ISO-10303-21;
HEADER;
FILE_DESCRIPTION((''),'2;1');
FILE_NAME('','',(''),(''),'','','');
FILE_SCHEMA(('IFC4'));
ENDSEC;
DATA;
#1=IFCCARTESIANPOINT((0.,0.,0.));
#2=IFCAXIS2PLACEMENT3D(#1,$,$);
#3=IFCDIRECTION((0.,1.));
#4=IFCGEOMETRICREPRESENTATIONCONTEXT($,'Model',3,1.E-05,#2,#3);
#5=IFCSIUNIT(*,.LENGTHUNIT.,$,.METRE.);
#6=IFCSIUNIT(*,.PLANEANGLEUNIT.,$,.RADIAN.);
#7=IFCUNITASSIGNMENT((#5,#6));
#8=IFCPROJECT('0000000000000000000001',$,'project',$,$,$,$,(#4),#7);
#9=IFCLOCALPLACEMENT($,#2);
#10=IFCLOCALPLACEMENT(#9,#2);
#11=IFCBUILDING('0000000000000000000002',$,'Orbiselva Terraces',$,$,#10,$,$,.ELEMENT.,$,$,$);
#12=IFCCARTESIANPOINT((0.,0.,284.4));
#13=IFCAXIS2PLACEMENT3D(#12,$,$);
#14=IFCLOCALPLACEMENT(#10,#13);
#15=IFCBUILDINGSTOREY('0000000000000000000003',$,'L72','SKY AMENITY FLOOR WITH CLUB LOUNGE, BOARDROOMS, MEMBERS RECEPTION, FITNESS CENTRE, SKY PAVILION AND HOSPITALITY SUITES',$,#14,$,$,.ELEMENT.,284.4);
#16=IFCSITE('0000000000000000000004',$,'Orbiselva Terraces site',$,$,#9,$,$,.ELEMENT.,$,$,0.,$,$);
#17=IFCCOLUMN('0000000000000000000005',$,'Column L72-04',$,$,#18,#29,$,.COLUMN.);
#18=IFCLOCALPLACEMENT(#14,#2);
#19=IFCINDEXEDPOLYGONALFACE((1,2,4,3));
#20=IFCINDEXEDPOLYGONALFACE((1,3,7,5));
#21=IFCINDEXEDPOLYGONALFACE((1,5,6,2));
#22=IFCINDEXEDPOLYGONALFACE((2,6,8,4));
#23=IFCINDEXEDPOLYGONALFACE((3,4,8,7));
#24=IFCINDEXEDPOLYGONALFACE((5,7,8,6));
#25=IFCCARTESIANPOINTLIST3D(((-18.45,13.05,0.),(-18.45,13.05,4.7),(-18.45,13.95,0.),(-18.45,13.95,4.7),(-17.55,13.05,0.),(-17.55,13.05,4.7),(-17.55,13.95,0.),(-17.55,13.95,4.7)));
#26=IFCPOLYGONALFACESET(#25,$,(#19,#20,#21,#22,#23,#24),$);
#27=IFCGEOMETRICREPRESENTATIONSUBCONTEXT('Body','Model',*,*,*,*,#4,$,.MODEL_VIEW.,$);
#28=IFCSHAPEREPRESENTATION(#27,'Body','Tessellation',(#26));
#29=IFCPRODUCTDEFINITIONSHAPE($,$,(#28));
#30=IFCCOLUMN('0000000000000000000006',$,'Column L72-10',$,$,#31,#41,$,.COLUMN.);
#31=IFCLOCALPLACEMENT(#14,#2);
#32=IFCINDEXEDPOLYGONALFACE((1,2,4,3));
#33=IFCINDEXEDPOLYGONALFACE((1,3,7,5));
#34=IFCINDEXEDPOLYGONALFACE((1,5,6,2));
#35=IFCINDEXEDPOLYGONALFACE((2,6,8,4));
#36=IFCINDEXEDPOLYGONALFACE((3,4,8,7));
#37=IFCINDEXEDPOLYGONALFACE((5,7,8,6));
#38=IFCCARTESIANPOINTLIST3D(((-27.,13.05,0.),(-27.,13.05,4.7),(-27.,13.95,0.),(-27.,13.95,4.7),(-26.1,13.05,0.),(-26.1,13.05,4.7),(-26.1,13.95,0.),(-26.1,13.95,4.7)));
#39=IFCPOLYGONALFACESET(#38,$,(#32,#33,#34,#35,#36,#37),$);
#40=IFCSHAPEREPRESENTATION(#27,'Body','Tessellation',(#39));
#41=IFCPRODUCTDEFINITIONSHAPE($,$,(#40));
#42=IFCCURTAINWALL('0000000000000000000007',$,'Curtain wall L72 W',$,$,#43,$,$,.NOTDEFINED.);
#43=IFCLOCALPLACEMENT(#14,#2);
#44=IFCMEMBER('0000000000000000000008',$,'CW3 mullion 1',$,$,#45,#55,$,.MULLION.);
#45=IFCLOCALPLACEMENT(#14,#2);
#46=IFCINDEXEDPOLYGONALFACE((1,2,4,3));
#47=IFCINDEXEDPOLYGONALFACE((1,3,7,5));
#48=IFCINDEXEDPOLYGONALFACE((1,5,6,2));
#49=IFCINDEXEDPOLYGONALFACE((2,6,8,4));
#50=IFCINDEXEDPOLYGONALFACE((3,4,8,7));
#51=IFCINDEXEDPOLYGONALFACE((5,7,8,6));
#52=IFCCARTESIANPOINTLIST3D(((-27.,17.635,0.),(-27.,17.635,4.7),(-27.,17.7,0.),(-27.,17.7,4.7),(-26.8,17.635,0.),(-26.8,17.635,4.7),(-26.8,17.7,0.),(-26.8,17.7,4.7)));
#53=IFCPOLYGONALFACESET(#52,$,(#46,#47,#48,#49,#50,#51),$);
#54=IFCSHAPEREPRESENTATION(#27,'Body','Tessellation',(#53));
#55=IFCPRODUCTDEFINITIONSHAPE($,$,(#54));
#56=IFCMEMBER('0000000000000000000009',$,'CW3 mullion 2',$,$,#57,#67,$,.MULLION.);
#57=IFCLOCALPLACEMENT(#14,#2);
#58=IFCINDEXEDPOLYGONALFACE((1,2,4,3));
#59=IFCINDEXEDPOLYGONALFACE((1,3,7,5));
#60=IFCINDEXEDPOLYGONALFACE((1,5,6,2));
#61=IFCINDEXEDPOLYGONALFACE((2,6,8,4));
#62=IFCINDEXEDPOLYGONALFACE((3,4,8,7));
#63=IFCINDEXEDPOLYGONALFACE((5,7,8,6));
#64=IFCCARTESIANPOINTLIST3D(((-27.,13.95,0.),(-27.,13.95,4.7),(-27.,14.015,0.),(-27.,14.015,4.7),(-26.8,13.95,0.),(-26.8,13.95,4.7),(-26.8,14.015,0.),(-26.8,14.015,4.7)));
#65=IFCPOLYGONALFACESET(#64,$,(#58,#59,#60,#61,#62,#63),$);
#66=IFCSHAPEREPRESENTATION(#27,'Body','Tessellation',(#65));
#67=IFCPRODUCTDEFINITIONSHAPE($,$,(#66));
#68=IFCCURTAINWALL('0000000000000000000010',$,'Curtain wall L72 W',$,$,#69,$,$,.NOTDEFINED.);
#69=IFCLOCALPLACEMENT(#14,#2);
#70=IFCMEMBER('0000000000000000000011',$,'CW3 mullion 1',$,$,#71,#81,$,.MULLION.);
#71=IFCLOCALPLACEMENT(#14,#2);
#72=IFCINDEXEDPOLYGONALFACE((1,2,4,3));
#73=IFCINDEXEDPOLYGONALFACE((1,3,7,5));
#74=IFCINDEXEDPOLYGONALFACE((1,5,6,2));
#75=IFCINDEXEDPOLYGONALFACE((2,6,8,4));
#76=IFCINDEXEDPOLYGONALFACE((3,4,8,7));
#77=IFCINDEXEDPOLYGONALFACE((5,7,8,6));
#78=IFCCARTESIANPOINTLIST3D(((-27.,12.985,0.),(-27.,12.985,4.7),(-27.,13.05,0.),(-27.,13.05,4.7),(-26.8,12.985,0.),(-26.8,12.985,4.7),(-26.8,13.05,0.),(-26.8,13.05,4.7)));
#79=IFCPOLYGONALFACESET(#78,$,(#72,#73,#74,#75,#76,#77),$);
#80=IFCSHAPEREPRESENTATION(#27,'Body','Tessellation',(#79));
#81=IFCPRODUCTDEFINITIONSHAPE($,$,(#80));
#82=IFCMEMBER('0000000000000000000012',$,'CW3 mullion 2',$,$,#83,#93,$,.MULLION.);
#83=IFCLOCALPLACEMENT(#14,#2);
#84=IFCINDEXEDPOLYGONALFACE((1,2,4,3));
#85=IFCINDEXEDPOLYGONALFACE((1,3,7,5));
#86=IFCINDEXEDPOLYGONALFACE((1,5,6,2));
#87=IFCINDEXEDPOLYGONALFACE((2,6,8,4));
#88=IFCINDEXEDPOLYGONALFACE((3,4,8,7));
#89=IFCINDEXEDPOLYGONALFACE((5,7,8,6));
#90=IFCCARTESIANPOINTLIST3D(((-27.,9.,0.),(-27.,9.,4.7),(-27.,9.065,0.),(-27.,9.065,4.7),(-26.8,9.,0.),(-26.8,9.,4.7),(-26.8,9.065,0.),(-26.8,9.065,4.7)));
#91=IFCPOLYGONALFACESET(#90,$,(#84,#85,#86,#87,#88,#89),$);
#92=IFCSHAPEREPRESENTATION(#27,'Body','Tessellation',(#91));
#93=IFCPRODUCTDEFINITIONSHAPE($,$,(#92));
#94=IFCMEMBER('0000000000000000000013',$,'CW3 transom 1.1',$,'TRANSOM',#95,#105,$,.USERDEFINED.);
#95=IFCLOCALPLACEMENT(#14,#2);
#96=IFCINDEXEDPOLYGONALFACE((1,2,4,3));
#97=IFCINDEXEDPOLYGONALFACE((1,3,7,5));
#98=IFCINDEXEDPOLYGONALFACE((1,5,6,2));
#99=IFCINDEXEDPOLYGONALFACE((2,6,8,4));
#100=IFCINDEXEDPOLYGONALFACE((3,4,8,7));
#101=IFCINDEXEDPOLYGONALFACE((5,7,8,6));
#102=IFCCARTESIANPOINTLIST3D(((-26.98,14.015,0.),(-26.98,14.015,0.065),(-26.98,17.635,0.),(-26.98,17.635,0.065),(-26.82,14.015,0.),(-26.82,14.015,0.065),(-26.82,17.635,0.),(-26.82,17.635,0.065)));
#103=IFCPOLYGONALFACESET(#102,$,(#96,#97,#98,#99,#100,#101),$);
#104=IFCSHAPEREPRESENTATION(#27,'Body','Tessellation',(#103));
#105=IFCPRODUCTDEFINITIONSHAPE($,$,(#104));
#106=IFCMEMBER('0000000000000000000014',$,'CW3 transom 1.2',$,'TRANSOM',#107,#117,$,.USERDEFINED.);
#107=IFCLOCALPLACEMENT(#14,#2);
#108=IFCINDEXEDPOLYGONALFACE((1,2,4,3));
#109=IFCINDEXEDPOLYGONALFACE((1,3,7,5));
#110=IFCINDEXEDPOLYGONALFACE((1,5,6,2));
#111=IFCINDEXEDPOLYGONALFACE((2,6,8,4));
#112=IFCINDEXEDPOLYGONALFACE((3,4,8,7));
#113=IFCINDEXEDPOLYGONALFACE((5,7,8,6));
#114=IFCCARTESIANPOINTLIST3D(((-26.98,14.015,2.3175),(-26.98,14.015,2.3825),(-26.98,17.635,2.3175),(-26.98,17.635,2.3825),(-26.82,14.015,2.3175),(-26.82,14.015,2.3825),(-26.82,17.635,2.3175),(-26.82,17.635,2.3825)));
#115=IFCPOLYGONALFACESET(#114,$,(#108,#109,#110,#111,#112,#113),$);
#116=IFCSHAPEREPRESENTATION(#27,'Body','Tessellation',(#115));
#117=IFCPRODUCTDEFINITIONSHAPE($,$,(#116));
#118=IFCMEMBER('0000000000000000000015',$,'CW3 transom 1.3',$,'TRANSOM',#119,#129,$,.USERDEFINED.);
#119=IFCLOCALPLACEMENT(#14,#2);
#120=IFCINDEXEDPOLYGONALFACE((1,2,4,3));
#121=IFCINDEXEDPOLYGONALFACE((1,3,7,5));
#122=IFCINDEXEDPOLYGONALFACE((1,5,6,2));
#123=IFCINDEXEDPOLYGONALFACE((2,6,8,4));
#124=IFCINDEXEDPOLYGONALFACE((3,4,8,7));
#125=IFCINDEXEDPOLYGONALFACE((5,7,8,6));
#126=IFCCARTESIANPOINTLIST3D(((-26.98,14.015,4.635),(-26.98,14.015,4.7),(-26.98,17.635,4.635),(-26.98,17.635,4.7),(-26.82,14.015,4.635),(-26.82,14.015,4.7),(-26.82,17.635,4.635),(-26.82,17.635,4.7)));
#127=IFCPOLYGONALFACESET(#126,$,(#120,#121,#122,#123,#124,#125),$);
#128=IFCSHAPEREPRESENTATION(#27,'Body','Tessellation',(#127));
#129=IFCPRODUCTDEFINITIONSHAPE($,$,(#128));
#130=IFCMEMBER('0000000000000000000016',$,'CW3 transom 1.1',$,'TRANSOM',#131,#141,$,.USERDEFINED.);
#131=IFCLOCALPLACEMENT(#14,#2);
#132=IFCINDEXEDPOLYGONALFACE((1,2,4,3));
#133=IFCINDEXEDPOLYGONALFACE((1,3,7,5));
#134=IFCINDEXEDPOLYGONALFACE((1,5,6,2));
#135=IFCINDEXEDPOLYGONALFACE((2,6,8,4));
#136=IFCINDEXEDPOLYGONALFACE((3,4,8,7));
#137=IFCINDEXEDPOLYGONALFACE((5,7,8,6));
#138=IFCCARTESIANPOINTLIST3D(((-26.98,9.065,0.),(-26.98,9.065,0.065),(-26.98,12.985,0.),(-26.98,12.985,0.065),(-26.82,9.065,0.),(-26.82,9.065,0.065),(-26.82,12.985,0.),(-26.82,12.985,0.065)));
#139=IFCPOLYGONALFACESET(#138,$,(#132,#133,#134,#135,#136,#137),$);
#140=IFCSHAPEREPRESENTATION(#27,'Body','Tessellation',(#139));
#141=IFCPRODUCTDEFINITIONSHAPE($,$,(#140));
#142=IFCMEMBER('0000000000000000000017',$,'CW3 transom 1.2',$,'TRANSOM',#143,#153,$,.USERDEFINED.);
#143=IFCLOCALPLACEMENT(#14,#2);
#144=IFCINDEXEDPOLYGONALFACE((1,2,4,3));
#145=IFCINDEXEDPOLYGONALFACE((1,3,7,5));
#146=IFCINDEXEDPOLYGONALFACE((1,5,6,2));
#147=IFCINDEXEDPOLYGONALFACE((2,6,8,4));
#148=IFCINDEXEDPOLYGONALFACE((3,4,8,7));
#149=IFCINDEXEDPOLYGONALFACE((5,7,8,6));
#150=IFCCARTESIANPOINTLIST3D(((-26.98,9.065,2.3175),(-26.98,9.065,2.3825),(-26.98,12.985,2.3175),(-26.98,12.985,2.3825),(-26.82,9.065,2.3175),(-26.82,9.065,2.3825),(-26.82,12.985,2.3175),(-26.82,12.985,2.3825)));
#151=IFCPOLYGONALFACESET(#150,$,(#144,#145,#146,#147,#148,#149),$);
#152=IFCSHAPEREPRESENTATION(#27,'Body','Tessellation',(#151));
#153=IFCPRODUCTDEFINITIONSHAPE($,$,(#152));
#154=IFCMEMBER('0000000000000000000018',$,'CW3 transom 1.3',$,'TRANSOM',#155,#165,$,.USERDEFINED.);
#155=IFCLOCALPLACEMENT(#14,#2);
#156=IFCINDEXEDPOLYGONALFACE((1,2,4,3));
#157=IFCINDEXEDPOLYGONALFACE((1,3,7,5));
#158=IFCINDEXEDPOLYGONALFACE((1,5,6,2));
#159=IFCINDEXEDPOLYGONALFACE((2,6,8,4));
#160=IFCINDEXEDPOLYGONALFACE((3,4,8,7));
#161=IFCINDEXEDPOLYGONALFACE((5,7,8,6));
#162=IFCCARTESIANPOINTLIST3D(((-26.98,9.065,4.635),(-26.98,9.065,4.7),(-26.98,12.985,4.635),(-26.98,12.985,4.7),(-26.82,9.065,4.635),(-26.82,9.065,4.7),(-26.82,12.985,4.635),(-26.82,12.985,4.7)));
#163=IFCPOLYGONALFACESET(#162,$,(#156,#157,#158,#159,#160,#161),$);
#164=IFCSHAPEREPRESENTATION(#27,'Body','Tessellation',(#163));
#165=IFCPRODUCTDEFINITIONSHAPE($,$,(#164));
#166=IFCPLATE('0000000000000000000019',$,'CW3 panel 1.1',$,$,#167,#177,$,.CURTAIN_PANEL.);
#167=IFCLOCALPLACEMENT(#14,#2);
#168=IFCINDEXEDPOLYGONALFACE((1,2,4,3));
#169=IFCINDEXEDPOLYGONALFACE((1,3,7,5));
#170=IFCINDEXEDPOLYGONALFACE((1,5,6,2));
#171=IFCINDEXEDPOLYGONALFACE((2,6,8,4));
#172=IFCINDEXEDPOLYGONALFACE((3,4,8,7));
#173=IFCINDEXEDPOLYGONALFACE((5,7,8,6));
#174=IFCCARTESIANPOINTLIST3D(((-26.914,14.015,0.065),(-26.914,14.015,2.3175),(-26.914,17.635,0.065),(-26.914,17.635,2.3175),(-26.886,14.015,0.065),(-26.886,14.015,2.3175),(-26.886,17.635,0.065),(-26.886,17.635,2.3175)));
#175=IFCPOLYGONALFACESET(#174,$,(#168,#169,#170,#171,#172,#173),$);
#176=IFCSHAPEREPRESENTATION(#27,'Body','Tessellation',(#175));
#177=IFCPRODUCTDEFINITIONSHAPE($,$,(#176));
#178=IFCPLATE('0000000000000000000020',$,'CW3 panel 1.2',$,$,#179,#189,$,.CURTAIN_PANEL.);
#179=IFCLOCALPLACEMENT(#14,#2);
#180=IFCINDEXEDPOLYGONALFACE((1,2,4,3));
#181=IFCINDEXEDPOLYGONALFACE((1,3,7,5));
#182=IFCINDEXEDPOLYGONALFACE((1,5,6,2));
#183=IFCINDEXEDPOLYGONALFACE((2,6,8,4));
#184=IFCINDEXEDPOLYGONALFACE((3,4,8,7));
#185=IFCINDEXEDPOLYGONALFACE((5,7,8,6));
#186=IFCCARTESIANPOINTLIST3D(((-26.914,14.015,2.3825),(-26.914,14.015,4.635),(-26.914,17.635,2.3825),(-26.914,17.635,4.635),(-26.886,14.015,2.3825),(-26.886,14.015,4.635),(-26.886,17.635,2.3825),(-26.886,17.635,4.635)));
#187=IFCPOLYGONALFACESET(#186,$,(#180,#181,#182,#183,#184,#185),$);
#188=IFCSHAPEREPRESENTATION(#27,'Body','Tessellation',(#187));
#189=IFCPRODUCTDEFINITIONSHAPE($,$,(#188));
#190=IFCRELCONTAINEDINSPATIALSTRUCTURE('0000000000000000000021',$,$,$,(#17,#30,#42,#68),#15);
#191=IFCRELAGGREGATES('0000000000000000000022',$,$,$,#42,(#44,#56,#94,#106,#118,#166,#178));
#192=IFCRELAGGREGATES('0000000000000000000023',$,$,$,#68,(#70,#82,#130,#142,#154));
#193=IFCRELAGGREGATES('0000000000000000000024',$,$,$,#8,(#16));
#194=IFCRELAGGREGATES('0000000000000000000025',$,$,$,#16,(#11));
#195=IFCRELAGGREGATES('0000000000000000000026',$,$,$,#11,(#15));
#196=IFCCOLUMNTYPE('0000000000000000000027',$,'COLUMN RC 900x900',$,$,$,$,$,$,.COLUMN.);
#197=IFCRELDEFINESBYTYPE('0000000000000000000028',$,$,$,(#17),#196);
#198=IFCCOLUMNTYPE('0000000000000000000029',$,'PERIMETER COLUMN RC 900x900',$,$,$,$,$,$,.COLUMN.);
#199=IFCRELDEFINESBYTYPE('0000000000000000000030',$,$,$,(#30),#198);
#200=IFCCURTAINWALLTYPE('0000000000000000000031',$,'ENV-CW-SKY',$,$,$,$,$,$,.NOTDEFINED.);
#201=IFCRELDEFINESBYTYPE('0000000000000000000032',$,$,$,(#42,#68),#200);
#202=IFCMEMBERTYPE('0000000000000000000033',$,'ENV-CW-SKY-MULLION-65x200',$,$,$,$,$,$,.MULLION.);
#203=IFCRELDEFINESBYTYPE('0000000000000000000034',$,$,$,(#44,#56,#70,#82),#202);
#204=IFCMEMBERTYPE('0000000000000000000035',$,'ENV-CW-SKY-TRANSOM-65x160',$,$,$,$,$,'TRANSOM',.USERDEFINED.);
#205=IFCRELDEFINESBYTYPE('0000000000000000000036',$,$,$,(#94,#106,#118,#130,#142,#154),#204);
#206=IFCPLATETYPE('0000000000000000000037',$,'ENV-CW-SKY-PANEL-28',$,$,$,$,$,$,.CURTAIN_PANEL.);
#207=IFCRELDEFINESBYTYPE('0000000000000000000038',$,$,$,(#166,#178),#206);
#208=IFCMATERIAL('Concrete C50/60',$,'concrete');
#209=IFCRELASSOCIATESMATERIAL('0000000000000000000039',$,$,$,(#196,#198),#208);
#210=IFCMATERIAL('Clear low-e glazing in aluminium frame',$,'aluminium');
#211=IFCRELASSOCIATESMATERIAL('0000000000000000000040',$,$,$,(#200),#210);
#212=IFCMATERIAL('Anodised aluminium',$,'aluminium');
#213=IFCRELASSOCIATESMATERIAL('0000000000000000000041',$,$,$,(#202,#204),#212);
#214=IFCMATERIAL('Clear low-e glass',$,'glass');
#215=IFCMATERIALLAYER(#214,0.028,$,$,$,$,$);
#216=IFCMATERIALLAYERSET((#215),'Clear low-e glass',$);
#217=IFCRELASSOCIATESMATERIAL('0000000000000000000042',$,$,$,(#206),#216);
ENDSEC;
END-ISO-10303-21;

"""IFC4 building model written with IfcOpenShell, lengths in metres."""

from ifc_helpers import new_model, si_unit, direction, frame, origin, origin_2d, place, context, subcontext, project, spatial, rectangle, extrude, material, layer, layer_set, material_profile, profile_set, type_object, element, aggregate, save


model = new_model("IFC4")

# Units and contexts
model_context = context("Model", 3, precision=1e-05, world=origin(), true_north=direction((0.0, 1.0)))
body_context = subcontext(model_context, "Body", "Model", "MODEL_VIEW")
ifc_project = project(units=[si_unit("LENGTHUNIT", "METRE"), si_unit("PLANEANGLEUNIT", "RADIAN")], contexts=[model_context])

# Site, building, storey
site_placement = place(None, origin())
site = spatial("IfcSite", under=ifc_project, at=site_placement, Name="Orbiselva Terraces site", CompositionType="ELEMENT", RefElevation=0.0)
building_placement = place(site_placement, origin())
building = spatial("IfcBuilding", under=site, at=building_placement, Name="Orbiselva Terraces", CompositionType="ELEMENT")
storey_placement = place(building_placement, frame((0.0, 0.0, 284.4)))
storey = spatial("IfcBuildingStorey", under=building, at=storey_placement, Name="L72", Description="SKY AMENITY FLOOR WITH CLUB LOUNGE, BOARDROOMS, MEMBERS RECEPTION, FITNESS CENTRE, SKY PAVILION AND HOSPITALITY SUITES", CompositionType="ELEMENT", Elevation=284.4)

# Columns
ifc_material_1 = material(Name="Concrete C50/60", Category="concrete")
ifc_material_profile_1 = material_profile(ifc_material_1, rectangle(XDim=0.9, YDim=0.9, at=origin_2d()), Name="RC 900x900")
ifc_profile_set_1 = profile_set([ifc_material_profile_1], Name="Concrete C50/60")
column_type_1 = type_object("IfcColumnType", Name="COLUMN RC 900x900", PredefinedType="COLUMN", material=ifc_profile_set_1)
column_1_placement = place(storey_placement, frame((-18.0, 13.5, 0.0), z_axis=(0.0, 0.0, 1.0), x_axis=(1.0, 0.0, 0.0)))
element("IfcColumn", 1, at=column_1_placement, inside=storey, type_object=column_type_1, Name="Column L72-04", PredefinedType="COLUMN", context=body_context, shape_type="SweptSolid", body=[
    extrude(rectangle(XDim=0.9, YDim=0.9, at=origin_2d()), origin(), (0.0, 0.0, 1.0), 4.7),
])
ifc_material_profile_2 = material_profile(ifc_material_1, rectangle(XDim=0.9, YDim=0.9, at=origin_2d()), Name="RC 900x900")
ifc_profile_set_2 = profile_set([ifc_material_profile_2], Name="Concrete C50/60")
column_type_2 = type_object("IfcColumnType", Name="PERIMETER COLUMN RC 900x900", PredefinedType="COLUMN", material=ifc_profile_set_2)
column_2_placement = place(storey_placement, frame((-26.55, 13.5, 0.0), z_axis=(0.0, 0.0, 1.0), x_axis=(1.0, 0.0, 0.0)))
element("IfcColumn", 2, at=column_2_placement, inside=storey, type_object=column_type_2, Name="Column L72-10", PredefinedType="COLUMN", context=body_context, shape_type="SweptSolid", body=[
    extrude(rectangle(XDim=0.9, YDim=0.9, at=origin_2d()), origin(), (0.0, 0.0, 1.0), 4.7),
])

# Curtain walls, members
ifc_material_2 = material(Name="Clear low-e glazing in aluminium frame", Category="aluminium")
curtain_wall_type = type_object("IfcCurtainWallType", Name="ENV-CW-SKY", PredefinedType="NOTDEFINED", material=ifc_material_2)
curtain_wall_1_placement = place(storey_placement, origin())
curtain_wall_1 = element("IfcCurtainWall", 3, at=curtain_wall_1_placement, inside=storey, type_object=curtain_wall_type, Name="Curtain wall L72 W", PredefinedType="NOTDEFINED")
ifc_material_3 = material(Name="Anodised aluminium", Category="aluminium")
ifc_material_profile_3 = material_profile(ifc_material_3, rectangle(XDim=0.2, YDim=0.065, at=origin_2d()), Name="AL 65x200")
ifc_profile_set_3 = profile_set([ifc_material_profile_3], Name="Anodised aluminium")
member_type_1 = type_object("IfcMemberType", Name="ENV-CW-SKY-MULLION-65x200", PredefinedType="MULLION", material=ifc_profile_set_3)
member_1_placement = place(storey_placement, frame((-26.9, 17.6675, 0.0), z_axis=(0.0, 0.0, 1.0), x_axis=(1.0, 0.0, 0.0)))
member_1 = element("IfcMember", 4, at=member_1_placement, type_object=member_type_1, Name="CW3 mullion 1", PredefinedType="MULLION", context=body_context, shape_type="SweptSolid", body=[
    extrude(rectangle(XDim=0.2, YDim=0.065, at=origin_2d()), origin(), (0.0, 0.0, 1.0), 4.7),
])
member_2_placement = place(storey_placement, frame((-26.9, 13.9825, 0.0), z_axis=(0.0, 0.0, 1.0), x_axis=(1.0, 0.0, 0.0)))
member_2 = element("IfcMember", 5, at=member_2_placement, type_object=member_type_1, Name="CW3 mullion 2", PredefinedType="MULLION", context=body_context, shape_type="SweptSolid", body=[
    extrude(rectangle(XDim=0.2, YDim=0.065, at=origin_2d()), origin(), (0.0, 0.0, 1.0), 4.7),
])
curtain_wall_2_placement = place(storey_placement, origin())
curtain_wall_2 = element("IfcCurtainWall", 6, at=curtain_wall_2_placement, inside=storey, type_object=curtain_wall_type, Name="Curtain wall L72 W", PredefinedType="NOTDEFINED")
member_3_placement = place(storey_placement, frame((-26.9, 13.0175, 0.0), z_axis=(0.0, 0.0, 1.0), x_axis=(1.0, 0.0, 0.0)))
member_3 = element("IfcMember", 7, at=member_3_placement, type_object=member_type_1, Name="CW3 mullion 1", PredefinedType="MULLION", context=body_context, shape_type="SweptSolid", body=[
    extrude(rectangle(XDim=0.2, YDim=0.065, at=origin_2d()), origin(), (0.0, 0.0, 1.0), 4.7),
])
member_4_placement = place(storey_placement, frame((-26.9, 9.0325, 0.0), z_axis=(0.0, 0.0, 1.0), x_axis=(1.0, 0.0, 0.0)))
member_4 = element("IfcMember", 8, at=member_4_placement, type_object=member_type_1, Name="CW3 mullion 2", PredefinedType="MULLION", context=body_context, shape_type="SweptSolid", body=[
    extrude(rectangle(XDim=0.2, YDim=0.065, at=origin_2d()), origin(), (0.0, 0.0, 1.0), 4.7),
])

# Members
ifc_material_profile_4 = material_profile(ifc_material_3, rectangle(XDim=0.16, YDim=0.065, at=origin_2d()), Name="AL 65x160")
ifc_profile_set_4 = profile_set([ifc_material_profile_4], Name="Anodised aluminium")
member_type_2 = type_object("IfcMemberType", Name="ENV-CW-SKY-TRANSOM-65x160", ElementType="TRANSOM", PredefinedType="USERDEFINED", material=ifc_profile_set_4)
member_5_placement = place(storey_placement, frame((-26.9, 17.635, 0.0325), z_axis=(0.0, -1.0, 0.0), x_axis=(1.0, 0.0, 0.0)))
member_5 = element("IfcMember", 9, at=member_5_placement, type_object=member_type_2, Name="CW3 transom 1.1", ObjectType="TRANSOM", PredefinedType="USERDEFINED", context=body_context, shape_type="SweptSolid", body=[
    extrude(rectangle(XDim=0.16, YDim=0.065, at=origin_2d()), origin(), (0.0, 0.0, 1.0), 3.62),
])
member_6_placement = place(storey_placement, frame((-26.9, 17.635, 2.35), z_axis=(0.0, -1.0, 0.0), x_axis=(1.0, 0.0, 0.0)))
member_6 = element("IfcMember", 10, at=member_6_placement, type_object=member_type_2, Name="CW3 transom 1.2", ObjectType="TRANSOM", PredefinedType="USERDEFINED", context=body_context, shape_type="SweptSolid", body=[
    extrude(rectangle(XDim=0.16, YDim=0.065, at=origin_2d()), origin(), (0.0, 0.0, 1.0), 3.62),
])
member_7_placement = place(storey_placement, frame((-26.9, 17.635, 4.6675), z_axis=(0.0, -1.0, 0.0), x_axis=(1.0, 0.0, 0.0)))
member_7 = element("IfcMember", 11, at=member_7_placement, type_object=member_type_2, Name="CW3 transom 1.3", ObjectType="TRANSOM", PredefinedType="USERDEFINED", context=body_context, shape_type="SweptSolid", body=[
    extrude(rectangle(XDim=0.16, YDim=0.065, at=origin_2d()), origin(), (0.0, 0.0, 1.0), 3.62),
])
member_8_placement = place(storey_placement, frame((-26.9, 12.985, 0.0325), z_axis=(0.0, -1.0, 0.0), x_axis=(1.0, 0.0, 0.0)))
member_8 = element("IfcMember", 12, at=member_8_placement, type_object=member_type_2, Name="CW3 transom 1.1", ObjectType="TRANSOM", PredefinedType="USERDEFINED", context=body_context, shape_type="SweptSolid", body=[
    extrude(rectangle(XDim=0.16, YDim=0.065, at=origin_2d()), origin(), (0.0, 0.0, 1.0), 3.92),
])
member_9_placement = place(storey_placement, frame((-26.9, 12.985, 2.35), z_axis=(0.0, -1.0, 0.0), x_axis=(1.0, 0.0, 0.0)))
member_9 = element("IfcMember", 13, at=member_9_placement, type_object=member_type_2, Name="CW3 transom 1.2", ObjectType="TRANSOM", PredefinedType="USERDEFINED", context=body_context, shape_type="SweptSolid", body=[
    extrude(rectangle(XDim=0.16, YDim=0.065, at=origin_2d()), origin(), (0.0, 0.0, 1.0), 3.92),
])
member_10_placement = place(storey_placement, frame((-26.9, 12.985, 4.6675), z_axis=(0.0, -1.0, 0.0), x_axis=(1.0, 0.0, 0.0)))
member_10 = element("IfcMember", 14, at=member_10_placement, type_object=member_type_2, Name="CW3 transom 1.3", ObjectType="TRANSOM", PredefinedType="USERDEFINED", context=body_context, shape_type="SweptSolid", body=[
    extrude(rectangle(XDim=0.16, YDim=0.065, at=origin_2d()), origin(), (0.0, 0.0, 1.0), 3.92),
])

# Plates
ifc_material_4 = material(Name="Clear low-e glass", Category="glass")
ifc_layer_1 = layer(ifc_material_4, 0.028)
ifc_layer_set_1 = layer_set([ifc_layer_1], Name="Clear low-e glass")
plate_type = type_object("IfcPlateType", Name="ENV-CW-SKY-PANEL-28", PredefinedType="CURTAIN_PANEL", material=ifc_layer_set_1)
plate_1_placement = place(storey_placement, frame((-26.9, 15.825, 0.065), z_axis=(0.0, 0.0, 1.0), x_axis=(0.0, -1.0, 0.0)))
plate_1 = element("IfcPlate", 15, at=plate_1_placement, type_object=plate_type, Name="CW3 panel 1.1", PredefinedType="CURTAIN_PANEL", context=body_context, shape_type="SweptSolid", body=[
    extrude(rectangle(XDim=3.62, YDim=0.028, at=origin_2d()), origin(), (0.0, 0.0, 1.0), 2.2525),
])
plate_2_placement = place(storey_placement, frame((-26.9, 15.825, 2.3825), z_axis=(0.0, 0.0, 1.0), x_axis=(0.0, -1.0, 0.0)))
plate_2 = element("IfcPlate", 16, at=plate_2_placement, type_object=plate_type, Name="CW3 panel 1.2", PredefinedType="CURTAIN_PANEL", context=body_context, shape_type="SweptSolid", body=[
    extrude(rectangle(XDim=3.62, YDim=0.028, at=origin_2d()), origin(), (0.0, 0.0, 1.0), 2.2525),
])
aggregate(curtain_wall_1, [member_1, member_2, member_5, member_6, member_7, plate_1, plate_2])
aggregate(curtain_wall_2, [member_3, member_4, member_8, member_9, member_10])

save(model, "model.ifc")
